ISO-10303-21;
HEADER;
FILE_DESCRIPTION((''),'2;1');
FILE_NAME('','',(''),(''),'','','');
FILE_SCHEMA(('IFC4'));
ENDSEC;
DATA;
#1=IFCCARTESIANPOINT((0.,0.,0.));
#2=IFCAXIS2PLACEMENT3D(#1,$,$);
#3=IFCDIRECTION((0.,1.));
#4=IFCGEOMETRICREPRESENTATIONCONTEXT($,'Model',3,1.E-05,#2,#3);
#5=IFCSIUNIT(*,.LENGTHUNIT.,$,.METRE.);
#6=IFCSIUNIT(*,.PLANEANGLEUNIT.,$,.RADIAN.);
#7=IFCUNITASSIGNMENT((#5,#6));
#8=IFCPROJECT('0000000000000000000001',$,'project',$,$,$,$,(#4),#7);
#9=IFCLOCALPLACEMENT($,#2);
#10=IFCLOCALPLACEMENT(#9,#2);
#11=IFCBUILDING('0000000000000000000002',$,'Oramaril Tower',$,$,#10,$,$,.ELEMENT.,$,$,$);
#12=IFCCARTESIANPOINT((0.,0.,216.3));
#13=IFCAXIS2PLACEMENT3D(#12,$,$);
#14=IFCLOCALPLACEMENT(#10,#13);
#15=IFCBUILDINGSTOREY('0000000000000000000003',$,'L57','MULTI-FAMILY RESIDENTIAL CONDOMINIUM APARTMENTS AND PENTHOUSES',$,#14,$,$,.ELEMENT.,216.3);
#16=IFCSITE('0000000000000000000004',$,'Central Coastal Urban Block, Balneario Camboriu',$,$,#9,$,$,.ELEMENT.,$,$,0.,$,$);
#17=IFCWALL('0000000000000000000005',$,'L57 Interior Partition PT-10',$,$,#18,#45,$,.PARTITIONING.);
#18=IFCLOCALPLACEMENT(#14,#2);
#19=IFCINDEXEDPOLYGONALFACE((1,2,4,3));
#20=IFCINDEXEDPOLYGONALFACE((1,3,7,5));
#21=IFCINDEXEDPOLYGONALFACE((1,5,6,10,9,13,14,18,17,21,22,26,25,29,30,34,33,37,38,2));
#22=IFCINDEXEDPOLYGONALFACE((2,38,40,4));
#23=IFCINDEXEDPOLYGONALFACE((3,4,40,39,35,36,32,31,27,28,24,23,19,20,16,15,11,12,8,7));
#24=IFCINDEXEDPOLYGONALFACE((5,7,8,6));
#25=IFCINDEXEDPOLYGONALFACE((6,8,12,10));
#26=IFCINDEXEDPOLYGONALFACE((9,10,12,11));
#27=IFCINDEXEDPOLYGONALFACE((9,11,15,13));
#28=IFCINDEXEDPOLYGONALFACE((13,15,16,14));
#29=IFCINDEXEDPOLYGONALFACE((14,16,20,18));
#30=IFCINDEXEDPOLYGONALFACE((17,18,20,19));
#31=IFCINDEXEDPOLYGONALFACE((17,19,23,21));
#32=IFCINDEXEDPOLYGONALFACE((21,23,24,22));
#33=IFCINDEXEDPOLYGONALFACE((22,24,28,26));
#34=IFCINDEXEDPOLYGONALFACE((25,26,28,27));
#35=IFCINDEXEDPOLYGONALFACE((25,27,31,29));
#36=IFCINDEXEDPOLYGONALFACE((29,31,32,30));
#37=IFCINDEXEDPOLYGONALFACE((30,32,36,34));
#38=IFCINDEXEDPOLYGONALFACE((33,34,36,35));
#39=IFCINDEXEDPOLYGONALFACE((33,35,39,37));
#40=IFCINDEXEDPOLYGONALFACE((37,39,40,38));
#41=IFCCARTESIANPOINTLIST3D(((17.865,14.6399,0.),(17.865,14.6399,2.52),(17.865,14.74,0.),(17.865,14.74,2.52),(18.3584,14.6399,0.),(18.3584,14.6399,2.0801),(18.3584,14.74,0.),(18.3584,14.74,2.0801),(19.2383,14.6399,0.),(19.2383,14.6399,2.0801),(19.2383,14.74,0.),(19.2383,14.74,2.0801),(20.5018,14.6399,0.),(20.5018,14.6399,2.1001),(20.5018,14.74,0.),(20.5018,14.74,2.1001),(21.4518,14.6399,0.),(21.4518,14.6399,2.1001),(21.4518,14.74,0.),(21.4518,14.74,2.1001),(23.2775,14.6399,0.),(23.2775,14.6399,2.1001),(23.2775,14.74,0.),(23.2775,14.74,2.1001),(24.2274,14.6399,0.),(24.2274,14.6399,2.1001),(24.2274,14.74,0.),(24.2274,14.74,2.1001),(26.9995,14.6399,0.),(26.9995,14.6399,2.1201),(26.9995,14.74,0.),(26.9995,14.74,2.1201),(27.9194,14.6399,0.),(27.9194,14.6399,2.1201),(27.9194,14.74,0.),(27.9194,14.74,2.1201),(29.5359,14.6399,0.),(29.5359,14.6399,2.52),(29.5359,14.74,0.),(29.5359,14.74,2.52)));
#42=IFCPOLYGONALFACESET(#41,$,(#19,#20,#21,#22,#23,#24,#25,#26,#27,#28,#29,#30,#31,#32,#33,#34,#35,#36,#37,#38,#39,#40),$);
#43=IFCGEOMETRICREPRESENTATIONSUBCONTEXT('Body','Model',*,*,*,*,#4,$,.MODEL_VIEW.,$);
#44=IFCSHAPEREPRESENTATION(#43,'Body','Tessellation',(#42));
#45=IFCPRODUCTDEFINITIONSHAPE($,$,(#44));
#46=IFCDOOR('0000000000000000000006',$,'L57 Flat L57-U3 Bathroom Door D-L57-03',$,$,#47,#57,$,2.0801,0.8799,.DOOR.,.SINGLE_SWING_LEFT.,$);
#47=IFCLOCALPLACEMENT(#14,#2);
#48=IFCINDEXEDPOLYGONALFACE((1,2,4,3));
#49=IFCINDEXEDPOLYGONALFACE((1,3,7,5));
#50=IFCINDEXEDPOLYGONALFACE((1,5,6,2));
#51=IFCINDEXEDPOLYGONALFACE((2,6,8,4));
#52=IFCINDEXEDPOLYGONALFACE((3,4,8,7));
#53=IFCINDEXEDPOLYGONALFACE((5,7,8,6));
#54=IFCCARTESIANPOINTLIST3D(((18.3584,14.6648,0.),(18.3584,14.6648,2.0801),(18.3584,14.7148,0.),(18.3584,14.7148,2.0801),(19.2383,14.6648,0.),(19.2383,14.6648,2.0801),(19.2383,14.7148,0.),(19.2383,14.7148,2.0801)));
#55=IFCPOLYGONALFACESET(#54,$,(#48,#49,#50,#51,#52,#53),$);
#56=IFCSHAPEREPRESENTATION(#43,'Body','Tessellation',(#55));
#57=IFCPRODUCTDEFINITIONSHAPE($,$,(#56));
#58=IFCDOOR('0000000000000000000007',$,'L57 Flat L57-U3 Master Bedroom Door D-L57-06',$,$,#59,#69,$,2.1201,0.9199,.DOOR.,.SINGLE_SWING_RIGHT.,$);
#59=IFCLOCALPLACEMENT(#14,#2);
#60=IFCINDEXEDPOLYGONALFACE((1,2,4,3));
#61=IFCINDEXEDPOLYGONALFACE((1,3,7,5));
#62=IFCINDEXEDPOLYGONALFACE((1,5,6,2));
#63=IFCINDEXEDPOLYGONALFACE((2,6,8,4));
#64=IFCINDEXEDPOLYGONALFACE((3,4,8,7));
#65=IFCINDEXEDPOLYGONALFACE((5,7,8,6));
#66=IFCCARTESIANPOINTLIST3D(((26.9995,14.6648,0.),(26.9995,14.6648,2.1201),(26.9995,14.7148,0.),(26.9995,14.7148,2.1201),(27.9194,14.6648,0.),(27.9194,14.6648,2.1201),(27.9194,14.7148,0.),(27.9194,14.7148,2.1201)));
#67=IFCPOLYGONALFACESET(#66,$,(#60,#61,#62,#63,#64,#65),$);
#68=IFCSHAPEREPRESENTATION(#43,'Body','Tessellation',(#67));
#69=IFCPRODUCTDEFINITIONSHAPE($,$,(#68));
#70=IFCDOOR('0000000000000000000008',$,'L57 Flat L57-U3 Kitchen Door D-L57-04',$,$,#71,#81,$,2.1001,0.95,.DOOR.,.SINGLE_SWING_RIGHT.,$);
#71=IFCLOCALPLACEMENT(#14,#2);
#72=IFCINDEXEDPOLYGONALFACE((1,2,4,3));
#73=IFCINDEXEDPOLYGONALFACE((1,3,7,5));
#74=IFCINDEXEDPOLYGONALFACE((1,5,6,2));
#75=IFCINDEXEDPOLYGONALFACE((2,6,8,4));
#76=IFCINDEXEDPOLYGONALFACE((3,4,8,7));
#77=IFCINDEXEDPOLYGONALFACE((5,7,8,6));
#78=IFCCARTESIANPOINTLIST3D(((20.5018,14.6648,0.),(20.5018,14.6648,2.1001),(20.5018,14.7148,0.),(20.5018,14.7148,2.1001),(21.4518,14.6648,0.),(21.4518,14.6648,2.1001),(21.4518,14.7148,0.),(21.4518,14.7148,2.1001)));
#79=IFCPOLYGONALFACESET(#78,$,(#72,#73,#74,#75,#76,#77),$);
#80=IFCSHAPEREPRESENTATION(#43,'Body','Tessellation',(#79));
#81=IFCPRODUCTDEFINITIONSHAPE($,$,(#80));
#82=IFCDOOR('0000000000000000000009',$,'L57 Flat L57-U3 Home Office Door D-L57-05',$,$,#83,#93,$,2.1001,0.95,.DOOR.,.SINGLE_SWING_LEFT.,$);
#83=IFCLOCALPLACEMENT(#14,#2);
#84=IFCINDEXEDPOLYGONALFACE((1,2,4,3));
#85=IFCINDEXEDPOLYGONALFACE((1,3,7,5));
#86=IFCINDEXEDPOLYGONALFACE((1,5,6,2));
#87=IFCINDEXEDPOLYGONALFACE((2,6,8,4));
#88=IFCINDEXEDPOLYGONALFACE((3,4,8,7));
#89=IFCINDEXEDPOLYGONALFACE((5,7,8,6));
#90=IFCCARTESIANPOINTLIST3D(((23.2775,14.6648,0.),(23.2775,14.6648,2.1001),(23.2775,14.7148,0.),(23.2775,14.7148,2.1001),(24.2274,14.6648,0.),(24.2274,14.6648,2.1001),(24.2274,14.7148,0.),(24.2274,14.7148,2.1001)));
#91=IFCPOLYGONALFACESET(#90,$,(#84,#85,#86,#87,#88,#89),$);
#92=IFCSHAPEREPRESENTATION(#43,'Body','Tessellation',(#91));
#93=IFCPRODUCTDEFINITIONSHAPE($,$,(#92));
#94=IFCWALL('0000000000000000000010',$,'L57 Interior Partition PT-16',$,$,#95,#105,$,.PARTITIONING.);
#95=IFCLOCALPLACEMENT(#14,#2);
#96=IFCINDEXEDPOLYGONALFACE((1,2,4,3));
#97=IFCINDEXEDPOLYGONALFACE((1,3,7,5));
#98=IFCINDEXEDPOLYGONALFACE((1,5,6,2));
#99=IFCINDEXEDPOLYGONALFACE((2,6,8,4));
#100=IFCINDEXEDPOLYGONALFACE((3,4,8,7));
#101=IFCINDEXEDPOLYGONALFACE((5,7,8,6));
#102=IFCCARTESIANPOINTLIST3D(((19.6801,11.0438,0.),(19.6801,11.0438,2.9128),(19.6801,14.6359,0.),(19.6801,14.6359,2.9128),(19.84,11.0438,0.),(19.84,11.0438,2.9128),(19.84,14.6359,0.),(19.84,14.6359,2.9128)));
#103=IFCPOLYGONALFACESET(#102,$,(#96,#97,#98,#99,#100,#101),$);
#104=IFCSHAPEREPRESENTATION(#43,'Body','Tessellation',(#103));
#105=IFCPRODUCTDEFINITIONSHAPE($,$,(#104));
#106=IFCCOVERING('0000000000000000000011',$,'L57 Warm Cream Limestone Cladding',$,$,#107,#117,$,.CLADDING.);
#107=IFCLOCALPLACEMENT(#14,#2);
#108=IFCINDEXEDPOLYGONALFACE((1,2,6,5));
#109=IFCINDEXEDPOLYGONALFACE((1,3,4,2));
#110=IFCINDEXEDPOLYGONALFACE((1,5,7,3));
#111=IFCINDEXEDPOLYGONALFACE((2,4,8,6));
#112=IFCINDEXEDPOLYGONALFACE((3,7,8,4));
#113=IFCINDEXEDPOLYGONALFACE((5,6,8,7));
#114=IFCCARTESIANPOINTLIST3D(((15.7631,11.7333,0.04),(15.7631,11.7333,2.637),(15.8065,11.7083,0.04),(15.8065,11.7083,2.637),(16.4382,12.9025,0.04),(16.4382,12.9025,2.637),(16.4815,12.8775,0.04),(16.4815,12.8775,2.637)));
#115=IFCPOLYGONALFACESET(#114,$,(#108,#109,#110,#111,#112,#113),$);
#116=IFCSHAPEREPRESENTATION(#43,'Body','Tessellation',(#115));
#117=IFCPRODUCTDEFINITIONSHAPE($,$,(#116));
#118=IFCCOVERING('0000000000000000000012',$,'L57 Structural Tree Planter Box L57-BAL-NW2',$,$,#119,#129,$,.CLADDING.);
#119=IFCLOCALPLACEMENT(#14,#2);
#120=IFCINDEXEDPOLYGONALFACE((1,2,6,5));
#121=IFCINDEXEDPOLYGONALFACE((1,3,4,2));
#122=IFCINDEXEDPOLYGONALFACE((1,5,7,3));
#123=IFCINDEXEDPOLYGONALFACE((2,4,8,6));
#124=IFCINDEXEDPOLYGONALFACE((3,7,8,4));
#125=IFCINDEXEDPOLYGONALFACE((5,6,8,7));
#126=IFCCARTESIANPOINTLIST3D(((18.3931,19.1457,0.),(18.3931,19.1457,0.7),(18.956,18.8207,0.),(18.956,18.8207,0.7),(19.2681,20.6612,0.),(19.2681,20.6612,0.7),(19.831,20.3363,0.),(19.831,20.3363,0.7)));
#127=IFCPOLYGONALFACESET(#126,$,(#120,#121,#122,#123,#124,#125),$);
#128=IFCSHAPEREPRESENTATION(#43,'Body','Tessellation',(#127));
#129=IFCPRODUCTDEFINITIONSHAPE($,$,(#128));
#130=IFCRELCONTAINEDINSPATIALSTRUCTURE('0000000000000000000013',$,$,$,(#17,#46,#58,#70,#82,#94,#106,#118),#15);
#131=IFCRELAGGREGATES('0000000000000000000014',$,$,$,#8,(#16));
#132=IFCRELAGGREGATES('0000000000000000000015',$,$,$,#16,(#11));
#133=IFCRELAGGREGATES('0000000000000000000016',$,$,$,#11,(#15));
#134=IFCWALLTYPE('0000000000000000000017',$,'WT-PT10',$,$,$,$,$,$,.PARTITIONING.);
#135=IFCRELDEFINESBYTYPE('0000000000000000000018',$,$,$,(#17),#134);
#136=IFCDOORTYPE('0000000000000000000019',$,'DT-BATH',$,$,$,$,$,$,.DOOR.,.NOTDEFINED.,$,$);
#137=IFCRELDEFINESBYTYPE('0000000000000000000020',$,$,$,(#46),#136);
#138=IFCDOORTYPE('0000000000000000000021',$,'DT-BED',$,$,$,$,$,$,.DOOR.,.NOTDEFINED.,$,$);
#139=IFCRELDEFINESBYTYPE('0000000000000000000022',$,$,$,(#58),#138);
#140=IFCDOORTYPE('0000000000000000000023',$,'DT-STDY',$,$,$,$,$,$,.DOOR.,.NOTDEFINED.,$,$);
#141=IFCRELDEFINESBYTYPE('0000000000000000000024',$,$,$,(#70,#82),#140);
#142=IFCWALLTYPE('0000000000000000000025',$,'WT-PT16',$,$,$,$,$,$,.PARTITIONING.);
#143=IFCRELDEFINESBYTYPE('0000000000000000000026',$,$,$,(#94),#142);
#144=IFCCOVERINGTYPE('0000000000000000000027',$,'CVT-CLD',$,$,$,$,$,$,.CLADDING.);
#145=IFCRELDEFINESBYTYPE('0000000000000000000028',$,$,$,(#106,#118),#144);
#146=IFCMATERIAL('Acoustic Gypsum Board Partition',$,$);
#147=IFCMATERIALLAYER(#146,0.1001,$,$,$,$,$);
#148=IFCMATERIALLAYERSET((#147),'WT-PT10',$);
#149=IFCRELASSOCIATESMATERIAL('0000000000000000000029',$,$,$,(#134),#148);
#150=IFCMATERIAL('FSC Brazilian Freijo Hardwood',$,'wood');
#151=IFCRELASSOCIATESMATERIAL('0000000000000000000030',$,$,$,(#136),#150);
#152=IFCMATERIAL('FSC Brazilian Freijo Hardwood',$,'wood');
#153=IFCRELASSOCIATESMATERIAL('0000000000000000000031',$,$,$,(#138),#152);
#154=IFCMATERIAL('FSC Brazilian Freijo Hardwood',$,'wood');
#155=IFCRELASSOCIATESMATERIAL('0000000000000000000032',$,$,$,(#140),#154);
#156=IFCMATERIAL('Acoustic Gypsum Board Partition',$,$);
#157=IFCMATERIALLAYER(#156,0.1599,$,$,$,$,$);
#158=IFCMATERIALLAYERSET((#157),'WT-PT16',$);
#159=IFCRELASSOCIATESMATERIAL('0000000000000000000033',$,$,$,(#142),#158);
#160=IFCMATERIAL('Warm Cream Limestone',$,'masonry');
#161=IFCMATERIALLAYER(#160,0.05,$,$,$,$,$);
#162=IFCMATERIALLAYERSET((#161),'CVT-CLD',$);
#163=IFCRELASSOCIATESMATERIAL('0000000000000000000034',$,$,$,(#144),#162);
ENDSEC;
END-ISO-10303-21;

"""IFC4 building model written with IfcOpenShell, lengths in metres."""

from ifc_helpers import new_model, si_unit, direction, frame, frame_2d, origin, origin_2d, place, context, subcontext, project, spatial, rectangle, extrude, material, layer, layer_set, type_object, element, fill, save


model = new_model("IFC4")

# Units and contexts
model_context = context("Model", 3, precision=1e-05, world=origin(), true_north=direction((0.0, 1.0)))
body_context = subcontext(model_context, "Body", "Model", "MODEL_VIEW")
ifc_project = project(units=[si_unit("LENGTHUNIT", "METRE"), si_unit("PLANEANGLEUNIT", "RADIAN")], contexts=[model_context])

# Site, building, storey
site_placement = place(None, origin())
site = spatial("IfcSite", under=ifc_project, at=site_placement, Name="Central Coastal Urban Block, Balneario Camboriu", CompositionType="ELEMENT", RefElevation=0.0)
building_placement = place(site_placement, origin())
building = spatial("IfcBuilding", under=site, at=building_placement, Name="Oramaril Tower", CompositionType="ELEMENT")
storey_placement = place(building_placement, frame((0.0, 0.0, 216.3)))
storey = spatial("IfcBuildingStorey", under=building, at=storey_placement, Name="L57", Description="MULTI-FAMILY RESIDENTIAL CONDOMINIUM APARTMENTS AND PENTHOUSES", CompositionType="ELEMENT", Elevation=216.3)

# Wall, openings, doors
ifc_material_1 = material(Name="Acoustic Gypsum Board Partition")
ifc_layer_1 = layer(ifc_material_1, 0.1001)
ifc_layer_set_1 = layer_set([ifc_layer_1], Name="WT-PT10")
wall_type_1 = type_object("IfcWallType", Name="WT-PT10", PredefinedType="PARTITIONING", material=ifc_layer_set_1)
wall_1_placement = place(storey_placement, frame((17.865, 14.6899, 0.0), z_axis=(0.0, 0.0, 1.0), x_axis=(1.0, 0.0, 0.0)))
wall_1 = element("IfcWall", 1, at=wall_1_placement, inside=storey, type_object=wall_type_1, Name="L57 Interior Partition PT-10", PredefinedType="PARTITIONING", context=body_context, shape_type="SweptSolid", body=[
    extrude(rectangle(XDim=11.6709, YDim=0.1001, at=frame_2d((5.8354, 0.0))), origin(), (0.0, 0.0, 1.0), 2.52),
])
opening_1_placement = place(wall_1_placement, frame((0.4934, 0.0, 0.0)))
opening_1 = element("IfcOpeningElement", 2, at=opening_1_placement, cuts=wall_1, PredefinedType="OPENING", context=body_context, shape_type="SweptSolid", body=[
    extrude(rectangle(XDim=0.8799, YDim=2.0801, at=frame_2d((0.4399, 1.04))), frame((0.0, 0.05, 0.0), z_axis=(0.0, -1.0, 0.0), x_axis=(1.0, 0.0, 0.0)), (0.0, 0.0, 1.0), 0.1001),
])
opening_2_placement = place(wall_1_placement, frame((2.6367, 0.0, 0.0)))
opening_2 = element("IfcOpeningElement", 3, at=opening_2_placement, cuts=wall_1, PredefinedType="OPENING", context=body_context, shape_type="SweptSolid", body=[
    extrude(rectangle(XDim=0.95, YDim=2.1001, at=frame_2d((0.4751, 1.05))), frame((0.0, 0.05, 0.0), z_axis=(0.0, -1.0, 0.0), x_axis=(1.0, 0.0, 0.0)), (0.0, 0.0, 1.0), 0.1001),
])
opening_3_placement = place(wall_1_placement, frame((5.4124, 0.0, 0.0)))
opening_3 = element("IfcOpeningElement", 4, at=opening_3_placement, cuts=wall_1, PredefinedType="OPENING", context=body_context, shape_type="SweptSolid", body=[
    extrude(rectangle(XDim=0.95, YDim=2.1001, at=frame_2d((0.4751, 1.05))), frame((0.0, 0.05, 0.0), z_axis=(0.0, -1.0, 0.0), x_axis=(1.0, 0.0, 0.0)), (0.0, 0.0, 1.0), 0.1001),
])
opening_4_placement = place(wall_1_placement, frame((9.1345, 0.0, 0.0)))
opening_4 = element("IfcOpeningElement", 5, at=opening_4_placement, cuts=wall_1, PredefinedType="OPENING", context=body_context, shape_type="SweptSolid", body=[
    extrude(rectangle(XDim=0.9199, YDim=2.1201, at=frame_2d((0.46, 1.0601))), frame((0.0, 0.05, 0.0), z_axis=(0.0, -1.0, 0.0), x_axis=(1.0, 0.0, 0.0)), (0.0, 0.0, 1.0), 0.1001),
])
ifc_material_2 = material(Name="FSC Brazilian Freijo Hardwood", Category="wood")
door_type_1 = type_object("IfcDoorType", Name="DT-BATH", OperationType="NOTDEFINED", PredefinedType="DOOR", material=ifc_material_2)
door_1_placement = place(opening_1_placement, origin())
door_1 = element("IfcDoor", 6, at=door_1_placement, inside=storey, type_object=door_type_1, Name="L57 Flat L57-U3 Bathroom Door D-L57-03", OperationType="SINGLE_SWING_LEFT", OverallHeight=2.0801, OverallWidth=0.8799, PredefinedType="DOOR", context=body_context, shape_type="SweptSolid", body=[
    extrude(rectangle(XDim=0.8799, YDim=2.0801, at=frame_2d((0.4399, 1.04))), frame((0.0, 0.0249, 0.0), z_axis=(0.0, -1.0, 0.0), x_axis=(1.0, 0.0, 0.0)), (0.0, 0.0, 1.0), 0.05),
])
fill(opening_1, door_1)
ifc_material_3 = material(Name="FSC Brazilian Freijo Hardwood", Category="wood")
door_type_2 = type_object("IfcDoorType", Name="DT-BED", OperationType="NOTDEFINED", PredefinedType="DOOR", material=ifc_material_3)
door_2_placement = place(opening_4_placement, origin())
door_2 = element("IfcDoor", 7, at=door_2_placement, inside=storey, type_object=door_type_2, Name="L57 Flat L57-U3 Master Bedroom Door D-L57-06", OperationType="SINGLE_SWING_RIGHT", OverallHeight=2.1201, OverallWidth=0.9199, PredefinedType="DOOR", context=body_context, shape_type="SweptSolid", body=[
    extrude(rectangle(XDim=0.9199, YDim=2.1201, at=frame_2d((0.46, 1.0601))), frame((0.0, 0.0249, 0.0), z_axis=(0.0, -1.0, 0.0), x_axis=(1.0, 0.0, 0.0)), (0.0, 0.0, 1.0), 0.05),
])
fill(opening_4, door_2)
ifc_material_4 = material(Name="FSC Brazilian Freijo Hardwood", Category="wood")
door_type_3 = type_object("IfcDoorType", Name="DT-STDY", OperationType="NOTDEFINED", PredefinedType="DOOR", material=ifc_material_4)
door_3_placement = place(opening_2_placement, origin())
door_3 = element("IfcDoor", 8, at=door_3_placement, inside=storey, type_object=door_type_3, Name="L57 Flat L57-U3 Kitchen Door D-L57-04", OperationType="SINGLE_SWING_RIGHT", OverallHeight=2.1001, OverallWidth=0.95, PredefinedType="DOOR", context=body_context, shape_type="SweptSolid", body=[
    extrude(rectangle(XDim=0.95, YDim=2.1001, at=frame_2d((0.4751, 1.05))), frame((0.0, 0.0249, 0.0), z_axis=(0.0, -1.0, 0.0), x_axis=(1.0, 0.0, 0.0)), (0.0, 0.0, 1.0), 0.05),
])
fill(opening_2, door_3)
door_4_placement = place(opening_3_placement, origin())
door_4 = element("IfcDoor", 9, at=door_4_placement, inside=storey, type_object=door_type_3, Name="L57 Flat L57-U3 Home Office Door D-L57-05", OperationType="SINGLE_SWING_LEFT", OverallHeight=2.1001, OverallWidth=0.95, PredefinedType="DOOR", context=body_context, shape_type="SweptSolid", body=[
    extrude(rectangle(XDim=0.95, YDim=2.1001, at=frame_2d((0.4751, 1.05))), frame((0.0, 0.0249, 0.0), z_axis=(0.0, -1.0, 0.0), x_axis=(1.0, 0.0, 0.0)), (0.0, 0.0, 1.0), 0.05),
])
fill(opening_3, door_4)

# Wall
ifc_material_5 = material(Name="Acoustic Gypsum Board Partition")
ifc_layer_2 = layer(ifc_material_5, 0.1599)
ifc_layer_set_2 = layer_set([ifc_layer_2], Name="WT-PT16")
wall_type_2 = type_object("IfcWallType", Name="WT-PT16", PredefinedType="PARTITIONING", material=ifc_layer_set_2)
wall_2_placement = place(storey_placement, frame((19.76, 11.0439, 0.0), z_axis=(0.0, 0.0, 1.0), x_axis=(0.0, 1.0, 0.0)))
element("IfcWall", 10, at=wall_2_placement, inside=storey, type_object=wall_type_2, Name="L57 Interior Partition PT-16", PredefinedType="PARTITIONING", context=body_context, shape_type="SweptSolid", body=[
    extrude(rectangle(XDim=3.592, YDim=0.1599, at=frame_2d((1.7959, 0.0))), origin(), (0.0, 0.0, 1.0), 2.9128),
])

# Coverings
ifc_material_6 = material(Name="Warm Cream Limestone", Category="masonry")
ifc_layer_3 = layer(ifc_material_6, 0.05)
ifc_layer_set_3 = layer_set([ifc_layer_3], Name="CVT-CLD")
covering_type = type_object("IfcCoveringType", Name="CVT-CLD", PredefinedType="CLADDING", material=ifc_layer_set_3)
covering_1_placement = place(storey_placement, frame((16.1223, 12.3054, 0.04), z_axis=(0.0, 0.0, 1.0), x_axis=(-0.500002, -0.866025, 0.0)))
element("IfcCovering", 11, at=covering_1_placement, inside=storey, type_object=covering_type, Name="L57 Warm Cream Limestone Cladding", PredefinedType="CLADDING", context=body_context, shape_type="SweptSolid", body=[
    extrude(rectangle(XDim=1.3501, YDim=0.05, at=origin_2d()), origin(), (0.0, 0.0, 1.0), 2.5969),
])
covering_2_placement = place(storey_placement, frame((19.1121, 19.741, 0.0), z_axis=(0.0, 0.0, 1.0), x_axis=(-0.500002, -0.866025, 0.0)))
element("IfcCovering", 12, at=covering_2_placement, inside=storey, type_object=covering_type, Name="L57 Structural Tree Planter Box L57-BAL-NW2", PredefinedType="CLADDING", context=body_context, shape_type="SweptSolid", body=[
    extrude(rectangle(XDim=1.75, YDim=0.6499, at=origin_2d()), origin(), (0.0, 0.0, 1.0), 0.7),
])

save(model, "model.ifc")
